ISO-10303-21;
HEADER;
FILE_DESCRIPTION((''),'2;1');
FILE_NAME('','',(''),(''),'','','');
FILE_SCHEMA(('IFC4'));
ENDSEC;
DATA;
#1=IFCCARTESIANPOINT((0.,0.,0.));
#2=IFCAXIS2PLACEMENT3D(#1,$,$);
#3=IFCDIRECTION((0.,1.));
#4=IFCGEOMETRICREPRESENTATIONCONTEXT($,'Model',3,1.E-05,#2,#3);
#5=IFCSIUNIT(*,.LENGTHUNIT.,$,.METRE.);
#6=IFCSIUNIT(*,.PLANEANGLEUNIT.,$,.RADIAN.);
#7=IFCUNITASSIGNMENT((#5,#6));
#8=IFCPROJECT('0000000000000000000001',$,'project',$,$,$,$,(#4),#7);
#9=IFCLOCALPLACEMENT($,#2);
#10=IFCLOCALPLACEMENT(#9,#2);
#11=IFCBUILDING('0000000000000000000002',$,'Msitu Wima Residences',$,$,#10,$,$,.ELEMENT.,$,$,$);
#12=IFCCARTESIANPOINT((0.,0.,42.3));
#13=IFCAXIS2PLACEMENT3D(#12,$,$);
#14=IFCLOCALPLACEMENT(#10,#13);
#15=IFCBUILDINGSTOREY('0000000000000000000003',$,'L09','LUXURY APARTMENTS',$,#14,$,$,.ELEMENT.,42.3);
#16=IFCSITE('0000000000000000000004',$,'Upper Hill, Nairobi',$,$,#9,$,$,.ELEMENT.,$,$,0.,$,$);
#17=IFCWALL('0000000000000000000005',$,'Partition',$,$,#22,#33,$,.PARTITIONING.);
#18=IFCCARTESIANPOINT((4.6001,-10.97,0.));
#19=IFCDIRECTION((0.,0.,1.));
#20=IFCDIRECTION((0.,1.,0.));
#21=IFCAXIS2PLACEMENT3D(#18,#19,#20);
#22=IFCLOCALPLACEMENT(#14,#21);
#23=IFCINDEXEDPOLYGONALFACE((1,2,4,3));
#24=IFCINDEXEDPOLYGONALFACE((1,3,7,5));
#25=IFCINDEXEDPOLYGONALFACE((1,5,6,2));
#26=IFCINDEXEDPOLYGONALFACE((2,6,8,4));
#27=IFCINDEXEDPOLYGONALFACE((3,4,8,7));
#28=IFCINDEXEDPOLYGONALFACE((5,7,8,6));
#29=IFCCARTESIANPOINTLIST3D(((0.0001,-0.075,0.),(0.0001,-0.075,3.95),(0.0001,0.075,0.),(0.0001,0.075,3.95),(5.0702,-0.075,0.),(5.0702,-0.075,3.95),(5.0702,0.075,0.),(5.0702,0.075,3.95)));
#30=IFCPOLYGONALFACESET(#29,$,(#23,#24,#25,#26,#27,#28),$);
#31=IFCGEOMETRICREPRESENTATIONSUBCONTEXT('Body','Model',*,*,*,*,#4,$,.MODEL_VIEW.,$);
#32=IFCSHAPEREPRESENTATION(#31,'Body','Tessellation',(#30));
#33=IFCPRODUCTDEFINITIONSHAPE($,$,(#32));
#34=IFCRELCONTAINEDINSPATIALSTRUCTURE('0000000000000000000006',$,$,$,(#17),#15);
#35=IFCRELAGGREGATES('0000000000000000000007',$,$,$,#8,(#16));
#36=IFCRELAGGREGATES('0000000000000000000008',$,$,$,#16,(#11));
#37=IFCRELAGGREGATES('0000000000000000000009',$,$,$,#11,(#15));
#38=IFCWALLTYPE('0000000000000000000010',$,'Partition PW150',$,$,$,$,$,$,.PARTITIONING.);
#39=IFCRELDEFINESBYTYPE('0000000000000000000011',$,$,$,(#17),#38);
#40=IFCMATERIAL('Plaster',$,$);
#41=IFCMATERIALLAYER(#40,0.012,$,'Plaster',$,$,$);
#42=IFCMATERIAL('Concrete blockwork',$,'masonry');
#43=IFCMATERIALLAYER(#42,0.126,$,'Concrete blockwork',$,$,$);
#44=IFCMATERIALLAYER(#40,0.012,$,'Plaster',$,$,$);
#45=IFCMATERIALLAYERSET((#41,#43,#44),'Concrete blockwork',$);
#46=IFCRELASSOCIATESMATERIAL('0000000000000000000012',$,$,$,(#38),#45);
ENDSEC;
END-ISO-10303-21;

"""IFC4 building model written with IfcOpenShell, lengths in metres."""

from ifc_helpers import new_model, si_unit, direction, frame, frame_2d, origin, place, context, subcontext, project, spatial, rectangle, extrude, material, layer, layer_set, type_object, element, save


model = new_model("IFC4")

# Units and contexts
model_context = context("Model", 3, precision=1e-05, world=origin(), true_north=direction((0.0, 1.0)))
body_context = subcontext(model_context, "Body", "Model", "MODEL_VIEW")
ifc_project = project(units=[si_unit("LENGTHUNIT", "METRE"), si_unit("PLANEANGLEUNIT", "RADIAN")], contexts=[model_context])

# Site, building, storey
site_placement = place(None, origin())
site = spatial("IfcSite", under=ifc_project, at=site_placement, Name="Upper Hill, Nairobi", CompositionType="ELEMENT", RefElevation=0.0)
building_placement = place(site_placement, origin())
building = spatial("IfcBuilding", under=site, at=building_placement, Name="Msitu Wima Residences", CompositionType="ELEMENT")
storey_placement = place(building_placement, frame((0.0, 0.0, 42.3)))
storey = spatial("IfcBuildingStorey", under=building, at=storey_placement, Name="L09", Description="LUXURY APARTMENTS", CompositionType="ELEMENT", Elevation=42.3)

# Wall
ifc_material_1 = material(Name="Plaster")
ifc_layer_1 = layer(ifc_material_1, 0.012, Name="Plaster")
ifc_material_2 = material(Name="Concrete blockwork", Category="masonry")
ifc_layer_2 = layer(ifc_material_2, 0.126, Name="Concrete blockwork")
ifc_layer_3 = layer(ifc_material_1, 0.012, Name="Plaster")
ifc_layer_set_1 = layer_set([ifc_layer_1, ifc_layer_2, ifc_layer_3], Name="Concrete blockwork")
wall_type_1 = type_object("IfcWallType", Name="Partition PW150", PredefinedType="PARTITIONING", material=ifc_layer_set_1)
wall_1_placement = place(storey_placement, frame((4.6001, -10.97, 0.0), z_axis=(0.0, 0.0, 1.0), x_axis=(0.0, 1.0, 0.0)))
element("IfcWall", 1, at=wall_1_placement, inside=storey, type_object=wall_type_1, Name="Partition", PredefinedType="PARTITIONING", context=body_context, shape_type="SweptSolid", body=[
    extrude(rectangle(XDim=5.0701, YDim=0.1499, at=frame_2d((2.5352, 0.0))), origin(), (0.0, 0.0, 1.0), 3.95),
])

save(model, "model.ifc")
